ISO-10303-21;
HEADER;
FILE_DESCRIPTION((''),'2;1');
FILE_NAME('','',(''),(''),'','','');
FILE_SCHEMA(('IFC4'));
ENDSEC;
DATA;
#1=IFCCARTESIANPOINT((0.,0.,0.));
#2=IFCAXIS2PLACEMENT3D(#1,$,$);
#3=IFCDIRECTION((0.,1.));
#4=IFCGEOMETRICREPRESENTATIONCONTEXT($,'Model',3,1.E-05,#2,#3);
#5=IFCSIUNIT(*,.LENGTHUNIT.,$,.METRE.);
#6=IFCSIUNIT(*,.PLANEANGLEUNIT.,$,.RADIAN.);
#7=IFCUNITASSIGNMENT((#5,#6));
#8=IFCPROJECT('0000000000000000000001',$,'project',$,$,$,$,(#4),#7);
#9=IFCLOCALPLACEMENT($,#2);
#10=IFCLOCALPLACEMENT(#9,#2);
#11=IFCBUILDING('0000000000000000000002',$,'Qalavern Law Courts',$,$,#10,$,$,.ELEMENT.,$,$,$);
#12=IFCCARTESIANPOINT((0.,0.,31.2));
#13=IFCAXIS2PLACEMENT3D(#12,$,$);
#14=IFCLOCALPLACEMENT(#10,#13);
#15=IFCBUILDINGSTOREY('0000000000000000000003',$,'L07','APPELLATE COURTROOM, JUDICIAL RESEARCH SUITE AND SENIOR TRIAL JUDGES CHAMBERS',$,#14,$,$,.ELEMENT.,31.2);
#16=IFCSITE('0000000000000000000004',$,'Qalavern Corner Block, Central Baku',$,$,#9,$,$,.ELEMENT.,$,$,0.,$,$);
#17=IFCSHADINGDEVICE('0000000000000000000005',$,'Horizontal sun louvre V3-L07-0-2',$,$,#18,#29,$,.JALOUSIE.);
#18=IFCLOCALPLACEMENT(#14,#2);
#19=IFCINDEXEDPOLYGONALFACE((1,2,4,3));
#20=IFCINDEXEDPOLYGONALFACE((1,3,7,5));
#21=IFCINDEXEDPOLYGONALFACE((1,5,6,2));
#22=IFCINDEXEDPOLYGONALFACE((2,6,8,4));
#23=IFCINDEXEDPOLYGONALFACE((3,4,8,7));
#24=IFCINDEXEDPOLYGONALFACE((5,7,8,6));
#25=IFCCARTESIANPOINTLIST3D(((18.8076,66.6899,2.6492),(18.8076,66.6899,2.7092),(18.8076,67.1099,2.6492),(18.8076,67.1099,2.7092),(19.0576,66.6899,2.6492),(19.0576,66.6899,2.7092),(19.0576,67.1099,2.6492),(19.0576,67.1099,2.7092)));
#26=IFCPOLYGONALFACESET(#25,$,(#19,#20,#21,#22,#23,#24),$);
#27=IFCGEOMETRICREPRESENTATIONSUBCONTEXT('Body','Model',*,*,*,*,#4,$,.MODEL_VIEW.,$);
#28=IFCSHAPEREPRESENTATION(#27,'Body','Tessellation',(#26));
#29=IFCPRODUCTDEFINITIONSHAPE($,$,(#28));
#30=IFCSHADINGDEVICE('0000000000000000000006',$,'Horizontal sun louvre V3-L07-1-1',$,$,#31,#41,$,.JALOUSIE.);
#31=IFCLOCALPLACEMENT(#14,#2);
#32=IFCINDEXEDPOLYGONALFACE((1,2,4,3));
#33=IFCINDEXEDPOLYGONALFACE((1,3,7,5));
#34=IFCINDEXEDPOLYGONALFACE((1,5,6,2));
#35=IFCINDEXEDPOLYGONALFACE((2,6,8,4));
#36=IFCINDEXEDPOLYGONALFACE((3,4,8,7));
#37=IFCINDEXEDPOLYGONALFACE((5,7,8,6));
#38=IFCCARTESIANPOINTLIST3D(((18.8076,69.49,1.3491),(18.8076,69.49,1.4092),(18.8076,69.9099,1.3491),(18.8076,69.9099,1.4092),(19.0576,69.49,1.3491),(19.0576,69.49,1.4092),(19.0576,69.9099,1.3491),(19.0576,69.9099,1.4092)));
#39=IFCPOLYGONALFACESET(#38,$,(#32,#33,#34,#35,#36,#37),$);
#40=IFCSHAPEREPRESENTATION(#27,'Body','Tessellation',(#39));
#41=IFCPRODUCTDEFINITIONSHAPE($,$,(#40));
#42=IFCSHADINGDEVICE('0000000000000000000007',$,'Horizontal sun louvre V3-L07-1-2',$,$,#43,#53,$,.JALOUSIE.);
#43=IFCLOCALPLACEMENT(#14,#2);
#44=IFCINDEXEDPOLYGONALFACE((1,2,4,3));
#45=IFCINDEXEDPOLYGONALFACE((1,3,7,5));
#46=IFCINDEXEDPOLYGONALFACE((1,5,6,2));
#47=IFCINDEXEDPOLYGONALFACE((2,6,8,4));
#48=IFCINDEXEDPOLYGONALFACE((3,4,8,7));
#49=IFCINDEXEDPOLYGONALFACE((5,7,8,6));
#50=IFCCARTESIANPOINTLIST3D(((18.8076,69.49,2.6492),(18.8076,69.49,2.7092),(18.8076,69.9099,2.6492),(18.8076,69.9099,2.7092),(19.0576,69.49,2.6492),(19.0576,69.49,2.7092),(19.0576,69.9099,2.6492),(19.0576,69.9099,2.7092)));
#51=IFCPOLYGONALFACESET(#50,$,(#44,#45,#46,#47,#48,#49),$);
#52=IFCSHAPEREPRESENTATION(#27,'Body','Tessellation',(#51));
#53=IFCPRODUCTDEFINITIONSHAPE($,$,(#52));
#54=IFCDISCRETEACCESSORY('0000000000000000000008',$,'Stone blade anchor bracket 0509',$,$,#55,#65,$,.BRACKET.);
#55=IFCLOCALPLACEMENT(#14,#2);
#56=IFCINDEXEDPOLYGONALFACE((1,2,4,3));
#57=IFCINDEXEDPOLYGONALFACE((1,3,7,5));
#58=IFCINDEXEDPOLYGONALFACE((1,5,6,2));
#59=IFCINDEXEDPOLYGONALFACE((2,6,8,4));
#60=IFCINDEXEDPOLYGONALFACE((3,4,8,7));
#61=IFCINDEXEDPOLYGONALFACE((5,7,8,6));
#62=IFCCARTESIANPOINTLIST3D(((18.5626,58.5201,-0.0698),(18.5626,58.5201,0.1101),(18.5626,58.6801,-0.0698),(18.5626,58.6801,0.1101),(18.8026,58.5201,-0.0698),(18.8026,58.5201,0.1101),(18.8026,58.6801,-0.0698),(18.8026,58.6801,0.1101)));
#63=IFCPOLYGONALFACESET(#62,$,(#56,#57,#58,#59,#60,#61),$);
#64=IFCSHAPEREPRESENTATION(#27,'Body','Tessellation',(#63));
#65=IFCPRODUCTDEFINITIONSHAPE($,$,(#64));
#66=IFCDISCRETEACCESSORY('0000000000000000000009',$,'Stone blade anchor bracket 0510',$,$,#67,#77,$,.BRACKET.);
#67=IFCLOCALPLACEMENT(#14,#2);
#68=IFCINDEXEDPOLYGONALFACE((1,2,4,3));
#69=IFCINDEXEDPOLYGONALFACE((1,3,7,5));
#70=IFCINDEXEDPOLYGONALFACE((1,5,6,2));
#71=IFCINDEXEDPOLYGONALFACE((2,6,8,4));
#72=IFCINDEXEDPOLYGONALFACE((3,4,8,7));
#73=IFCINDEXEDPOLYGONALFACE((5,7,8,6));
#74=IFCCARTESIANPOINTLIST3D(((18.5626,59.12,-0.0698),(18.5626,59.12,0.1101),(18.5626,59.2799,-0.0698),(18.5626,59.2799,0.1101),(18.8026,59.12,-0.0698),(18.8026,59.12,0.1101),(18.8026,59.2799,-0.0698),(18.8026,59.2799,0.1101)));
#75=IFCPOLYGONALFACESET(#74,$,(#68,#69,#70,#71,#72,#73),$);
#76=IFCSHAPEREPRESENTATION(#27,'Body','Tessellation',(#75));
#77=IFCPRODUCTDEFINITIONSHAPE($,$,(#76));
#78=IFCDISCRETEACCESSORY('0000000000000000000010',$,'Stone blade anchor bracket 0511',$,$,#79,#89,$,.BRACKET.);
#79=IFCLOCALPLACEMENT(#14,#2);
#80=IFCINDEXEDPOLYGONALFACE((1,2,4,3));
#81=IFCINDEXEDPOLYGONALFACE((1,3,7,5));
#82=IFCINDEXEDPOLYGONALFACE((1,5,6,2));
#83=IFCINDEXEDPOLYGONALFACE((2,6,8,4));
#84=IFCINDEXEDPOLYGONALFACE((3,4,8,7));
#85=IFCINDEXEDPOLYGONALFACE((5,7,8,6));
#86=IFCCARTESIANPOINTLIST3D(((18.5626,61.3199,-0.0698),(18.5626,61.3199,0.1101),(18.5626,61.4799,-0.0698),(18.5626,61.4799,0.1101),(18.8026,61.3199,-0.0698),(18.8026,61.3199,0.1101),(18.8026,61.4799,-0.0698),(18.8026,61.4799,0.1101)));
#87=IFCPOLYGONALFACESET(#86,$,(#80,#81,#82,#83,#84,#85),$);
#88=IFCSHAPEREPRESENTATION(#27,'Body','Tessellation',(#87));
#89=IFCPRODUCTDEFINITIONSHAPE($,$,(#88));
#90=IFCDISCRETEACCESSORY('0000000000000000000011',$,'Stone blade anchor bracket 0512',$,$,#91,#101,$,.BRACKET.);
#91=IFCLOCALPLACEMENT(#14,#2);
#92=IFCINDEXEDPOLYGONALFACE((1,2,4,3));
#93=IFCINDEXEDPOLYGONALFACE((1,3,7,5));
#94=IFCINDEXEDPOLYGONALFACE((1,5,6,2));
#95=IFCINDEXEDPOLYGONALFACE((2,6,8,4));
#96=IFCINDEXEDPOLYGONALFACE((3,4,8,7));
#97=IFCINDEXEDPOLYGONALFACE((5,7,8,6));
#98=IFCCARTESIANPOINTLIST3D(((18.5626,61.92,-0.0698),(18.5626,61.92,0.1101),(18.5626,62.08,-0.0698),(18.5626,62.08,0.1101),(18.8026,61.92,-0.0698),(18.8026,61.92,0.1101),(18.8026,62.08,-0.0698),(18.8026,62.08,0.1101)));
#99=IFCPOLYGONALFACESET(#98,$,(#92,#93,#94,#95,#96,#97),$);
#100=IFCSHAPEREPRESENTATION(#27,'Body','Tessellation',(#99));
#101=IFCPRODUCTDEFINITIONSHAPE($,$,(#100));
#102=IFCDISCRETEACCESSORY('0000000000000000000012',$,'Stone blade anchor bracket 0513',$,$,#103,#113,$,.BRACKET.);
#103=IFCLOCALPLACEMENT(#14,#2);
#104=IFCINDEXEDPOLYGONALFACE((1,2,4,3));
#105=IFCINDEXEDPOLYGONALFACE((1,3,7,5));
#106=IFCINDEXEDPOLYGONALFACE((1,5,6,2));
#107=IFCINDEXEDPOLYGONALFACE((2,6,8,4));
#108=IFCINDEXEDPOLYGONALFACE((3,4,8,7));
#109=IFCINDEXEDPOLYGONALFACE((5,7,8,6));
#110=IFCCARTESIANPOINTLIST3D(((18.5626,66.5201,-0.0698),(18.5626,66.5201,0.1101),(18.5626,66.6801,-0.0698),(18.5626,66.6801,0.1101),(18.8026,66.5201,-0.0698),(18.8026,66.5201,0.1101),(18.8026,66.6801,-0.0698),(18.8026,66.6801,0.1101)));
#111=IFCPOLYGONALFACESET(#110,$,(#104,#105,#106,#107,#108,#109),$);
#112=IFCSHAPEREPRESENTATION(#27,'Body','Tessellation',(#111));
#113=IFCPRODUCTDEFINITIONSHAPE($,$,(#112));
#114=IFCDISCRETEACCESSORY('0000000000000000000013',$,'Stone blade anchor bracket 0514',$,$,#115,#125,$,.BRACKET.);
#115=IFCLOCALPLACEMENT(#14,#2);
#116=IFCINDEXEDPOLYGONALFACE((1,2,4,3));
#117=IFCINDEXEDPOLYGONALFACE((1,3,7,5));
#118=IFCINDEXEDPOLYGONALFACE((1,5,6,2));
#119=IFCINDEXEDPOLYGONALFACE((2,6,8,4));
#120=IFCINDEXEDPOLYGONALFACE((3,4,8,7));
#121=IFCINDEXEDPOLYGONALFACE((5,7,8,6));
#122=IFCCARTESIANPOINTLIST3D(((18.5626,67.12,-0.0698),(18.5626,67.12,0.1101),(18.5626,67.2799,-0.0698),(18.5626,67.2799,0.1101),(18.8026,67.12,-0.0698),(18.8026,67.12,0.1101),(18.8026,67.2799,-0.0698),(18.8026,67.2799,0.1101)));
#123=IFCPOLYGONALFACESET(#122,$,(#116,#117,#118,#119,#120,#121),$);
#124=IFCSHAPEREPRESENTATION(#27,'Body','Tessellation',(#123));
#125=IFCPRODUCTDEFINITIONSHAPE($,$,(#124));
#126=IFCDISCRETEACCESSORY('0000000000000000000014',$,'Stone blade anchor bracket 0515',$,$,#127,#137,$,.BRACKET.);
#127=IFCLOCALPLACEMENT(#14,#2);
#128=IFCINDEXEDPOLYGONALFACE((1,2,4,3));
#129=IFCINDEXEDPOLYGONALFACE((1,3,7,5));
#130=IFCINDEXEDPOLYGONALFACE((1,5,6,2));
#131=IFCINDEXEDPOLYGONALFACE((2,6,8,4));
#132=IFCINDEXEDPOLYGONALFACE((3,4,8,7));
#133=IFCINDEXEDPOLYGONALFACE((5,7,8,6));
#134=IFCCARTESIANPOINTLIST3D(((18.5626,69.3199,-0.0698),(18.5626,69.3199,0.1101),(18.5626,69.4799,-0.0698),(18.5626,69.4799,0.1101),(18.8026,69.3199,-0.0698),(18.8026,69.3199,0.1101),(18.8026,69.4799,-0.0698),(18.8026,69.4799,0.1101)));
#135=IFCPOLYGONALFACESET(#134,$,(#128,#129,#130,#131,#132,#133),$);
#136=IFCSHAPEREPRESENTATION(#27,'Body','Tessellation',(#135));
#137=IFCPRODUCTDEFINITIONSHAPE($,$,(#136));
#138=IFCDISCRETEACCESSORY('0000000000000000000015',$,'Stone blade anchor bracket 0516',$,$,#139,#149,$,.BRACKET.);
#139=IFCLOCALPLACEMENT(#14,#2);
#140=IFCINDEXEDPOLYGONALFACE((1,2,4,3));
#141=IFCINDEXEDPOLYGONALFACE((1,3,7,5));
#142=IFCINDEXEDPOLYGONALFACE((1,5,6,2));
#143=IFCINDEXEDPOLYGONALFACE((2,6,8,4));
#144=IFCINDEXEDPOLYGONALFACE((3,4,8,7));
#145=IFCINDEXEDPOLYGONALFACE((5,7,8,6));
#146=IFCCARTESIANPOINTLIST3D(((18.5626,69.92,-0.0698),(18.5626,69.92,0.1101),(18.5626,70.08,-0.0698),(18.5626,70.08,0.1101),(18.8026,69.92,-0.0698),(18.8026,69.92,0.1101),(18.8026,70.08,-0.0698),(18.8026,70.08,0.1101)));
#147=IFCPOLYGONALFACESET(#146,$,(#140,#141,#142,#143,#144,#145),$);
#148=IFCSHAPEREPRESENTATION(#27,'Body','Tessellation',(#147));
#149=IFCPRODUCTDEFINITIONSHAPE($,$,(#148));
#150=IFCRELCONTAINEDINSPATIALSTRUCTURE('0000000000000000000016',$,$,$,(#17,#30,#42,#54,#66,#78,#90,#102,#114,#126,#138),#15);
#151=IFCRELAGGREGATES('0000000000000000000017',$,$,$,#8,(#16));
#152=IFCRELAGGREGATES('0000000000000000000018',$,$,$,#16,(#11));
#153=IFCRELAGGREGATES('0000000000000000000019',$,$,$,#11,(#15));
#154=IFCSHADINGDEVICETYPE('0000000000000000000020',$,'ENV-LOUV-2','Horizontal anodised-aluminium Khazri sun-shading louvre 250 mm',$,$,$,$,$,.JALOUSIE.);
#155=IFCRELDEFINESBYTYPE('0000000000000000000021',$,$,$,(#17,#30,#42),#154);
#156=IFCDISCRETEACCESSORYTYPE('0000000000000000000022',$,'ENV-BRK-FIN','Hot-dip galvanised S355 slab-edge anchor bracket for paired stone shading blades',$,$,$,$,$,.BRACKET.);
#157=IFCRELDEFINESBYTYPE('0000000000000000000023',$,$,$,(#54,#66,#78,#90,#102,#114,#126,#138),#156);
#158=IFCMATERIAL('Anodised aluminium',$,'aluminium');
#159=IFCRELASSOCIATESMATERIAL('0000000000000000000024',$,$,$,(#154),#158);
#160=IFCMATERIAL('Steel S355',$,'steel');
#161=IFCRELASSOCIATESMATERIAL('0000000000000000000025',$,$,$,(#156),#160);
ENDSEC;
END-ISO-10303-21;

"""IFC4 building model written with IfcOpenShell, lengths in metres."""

from ifc_helpers import new_model, si_unit, direction, frame, origin, origin_2d, place, context, subcontext, project, spatial, rectangle, extrude, material, type_object, element, save


model = new_model("IFC4")

# Units and contexts
model_context = context("Model", 3, precision=1e-05, world=origin(), true_north=direction((0.0, 1.0)))
body_context = subcontext(model_context, "Body", "Model", "MODEL_VIEW")
ifc_project = project(units=[si_unit("LENGTHUNIT", "METRE"), si_unit("PLANEANGLEUNIT", "RADIAN")], contexts=[model_context])

# Site, building, storey
site_placement = place(None, origin())
site = spatial("IfcSite", under=ifc_project, at=site_placement, Name="Qalavern Corner Block, Central Baku", CompositionType="ELEMENT", RefElevation=0.0)
building_placement = place(site_placement, origin())
building = spatial("IfcBuilding", under=site, at=building_placement, Name="Qalavern Law Courts", CompositionType="ELEMENT")
storey_placement = place(building_placement, frame((0.0, 0.0, 31.2)))
storey = spatial("IfcBuildingStorey", under=building, at=storey_placement, Name="L07", Description="APPELLATE COURTROOM, JUDICIAL RESEARCH SUITE AND SENIOR TRIAL JUDGES CHAMBERS", CompositionType="ELEMENT", Elevation=31.2)

# Shared definitions
ifc_material_1 = material(Name="Anodised aluminium", Category="aluminium")

# Shading devices
shading_device_type_1 = type_object("IfcShadingDeviceType", Name="ENV-LOUV-2", Description="Horizontal anodised-aluminium Khazri sun-shading louvre 250 mm", PredefinedType="JALOUSIE", material=ifc_material_1)
for number, where, z_axis, x_axis, name in (
    (1, (18.9326, 66.8999, 2.6492), (0.0, 0.0, 1.0), (0.0, 1.0, 0.0), "Horizontal sun louvre V3-L07-0-2"),
    (2, (18.9326, 69.7, 1.3491), (0.0, 0.0, 1.0), (0.0, 1.0, 0.0), "Horizontal sun louvre V3-L07-1-1"),
    (3, (18.9326, 69.7, 2.6492), (0.0, 0.0, 1.0), (0.0, 1.0, 0.0), "Horizontal sun louvre V3-L07-1-2"),
):
    element("IfcShadingDevice", number, at=place(storey_placement, frame(where, z_axis=z_axis, x_axis=x_axis)), inside=storey, type_object=shading_device_type_1, Name=name, PredefinedType="JALOUSIE", context=body_context, shape_type="SweptSolid", body=[
        extrude(rectangle(XDim=0.4199, YDim=0.25, at=origin_2d()), origin(), (0.0, 0.0, 1.0), 0.0601),
    ])

# Discrete accessories
ifc_material_2 = material(Name="Steel S355", Category="steel")
discrete_accessory_type = type_object("IfcDiscreteAccessoryType", Name="ENV-BRK-FIN", Description="Hot-dip galvanised S355 slab-edge anchor bracket for paired stone shading blades", PredefinedType="BRACKET", material=ifc_material_2)
for number, where, z_axis, x_axis, name in (
    (4, (18.6826, 58.6001, -0.0698), (0.0, 0.0, 1.0), (1.0, 0.0, 0.0), "Stone blade anchor bracket 0509"),
    (5, (18.6826, 59.2, -0.0698), (0.0, 0.0, 1.0), (1.0, 0.0, 0.0), "Stone blade anchor bracket 0510"),
    (6, (18.6826, 61.3999, -0.0698), (0.0, 0.0, 1.0), (1.0, 0.0, 0.0), "Stone blade anchor bracket 0511"),
    (7, (18.6826, 62.0, -0.0698), (0.0, 0.0, 1.0), (1.0, 0.0, 0.0), "Stone blade anchor bracket 0512"),
    (8, (18.6826, 66.6001, -0.0698), (0.0, 0.0, 1.0), (1.0, 0.0, 0.0), "Stone blade anchor bracket 0513"),
    (9, (18.6826, 67.2, -0.0698), (0.0, 0.0, 1.0), (1.0, 0.0, 0.0), "Stone blade anchor bracket 0514"),
    (10, (18.6826, 69.3999, -0.0698), (0.0, 0.0, 1.0), (1.0, 0.0, 0.0), "Stone blade anchor bracket 0515"),
    (11, (18.6826, 70.0, -0.0698), (0.0, 0.0, 1.0), (1.0, 0.0, 0.0), "Stone blade anchor bracket 0516"),
):
    element("IfcDiscreteAccessory", number, at=place(storey_placement, frame(where, z_axis=z_axis, x_axis=x_axis)), inside=storey, type_object=discrete_accessory_type, Name=name, PredefinedType="BRACKET", context=body_context, shape_type="SweptSolid", body=[
        extrude(rectangle(XDim=0.24, YDim=0.1599, at=origin_2d()), origin(), (0.0, 0.0, 1.0), 0.1799),
    ])

save(model, "model.ifc")
